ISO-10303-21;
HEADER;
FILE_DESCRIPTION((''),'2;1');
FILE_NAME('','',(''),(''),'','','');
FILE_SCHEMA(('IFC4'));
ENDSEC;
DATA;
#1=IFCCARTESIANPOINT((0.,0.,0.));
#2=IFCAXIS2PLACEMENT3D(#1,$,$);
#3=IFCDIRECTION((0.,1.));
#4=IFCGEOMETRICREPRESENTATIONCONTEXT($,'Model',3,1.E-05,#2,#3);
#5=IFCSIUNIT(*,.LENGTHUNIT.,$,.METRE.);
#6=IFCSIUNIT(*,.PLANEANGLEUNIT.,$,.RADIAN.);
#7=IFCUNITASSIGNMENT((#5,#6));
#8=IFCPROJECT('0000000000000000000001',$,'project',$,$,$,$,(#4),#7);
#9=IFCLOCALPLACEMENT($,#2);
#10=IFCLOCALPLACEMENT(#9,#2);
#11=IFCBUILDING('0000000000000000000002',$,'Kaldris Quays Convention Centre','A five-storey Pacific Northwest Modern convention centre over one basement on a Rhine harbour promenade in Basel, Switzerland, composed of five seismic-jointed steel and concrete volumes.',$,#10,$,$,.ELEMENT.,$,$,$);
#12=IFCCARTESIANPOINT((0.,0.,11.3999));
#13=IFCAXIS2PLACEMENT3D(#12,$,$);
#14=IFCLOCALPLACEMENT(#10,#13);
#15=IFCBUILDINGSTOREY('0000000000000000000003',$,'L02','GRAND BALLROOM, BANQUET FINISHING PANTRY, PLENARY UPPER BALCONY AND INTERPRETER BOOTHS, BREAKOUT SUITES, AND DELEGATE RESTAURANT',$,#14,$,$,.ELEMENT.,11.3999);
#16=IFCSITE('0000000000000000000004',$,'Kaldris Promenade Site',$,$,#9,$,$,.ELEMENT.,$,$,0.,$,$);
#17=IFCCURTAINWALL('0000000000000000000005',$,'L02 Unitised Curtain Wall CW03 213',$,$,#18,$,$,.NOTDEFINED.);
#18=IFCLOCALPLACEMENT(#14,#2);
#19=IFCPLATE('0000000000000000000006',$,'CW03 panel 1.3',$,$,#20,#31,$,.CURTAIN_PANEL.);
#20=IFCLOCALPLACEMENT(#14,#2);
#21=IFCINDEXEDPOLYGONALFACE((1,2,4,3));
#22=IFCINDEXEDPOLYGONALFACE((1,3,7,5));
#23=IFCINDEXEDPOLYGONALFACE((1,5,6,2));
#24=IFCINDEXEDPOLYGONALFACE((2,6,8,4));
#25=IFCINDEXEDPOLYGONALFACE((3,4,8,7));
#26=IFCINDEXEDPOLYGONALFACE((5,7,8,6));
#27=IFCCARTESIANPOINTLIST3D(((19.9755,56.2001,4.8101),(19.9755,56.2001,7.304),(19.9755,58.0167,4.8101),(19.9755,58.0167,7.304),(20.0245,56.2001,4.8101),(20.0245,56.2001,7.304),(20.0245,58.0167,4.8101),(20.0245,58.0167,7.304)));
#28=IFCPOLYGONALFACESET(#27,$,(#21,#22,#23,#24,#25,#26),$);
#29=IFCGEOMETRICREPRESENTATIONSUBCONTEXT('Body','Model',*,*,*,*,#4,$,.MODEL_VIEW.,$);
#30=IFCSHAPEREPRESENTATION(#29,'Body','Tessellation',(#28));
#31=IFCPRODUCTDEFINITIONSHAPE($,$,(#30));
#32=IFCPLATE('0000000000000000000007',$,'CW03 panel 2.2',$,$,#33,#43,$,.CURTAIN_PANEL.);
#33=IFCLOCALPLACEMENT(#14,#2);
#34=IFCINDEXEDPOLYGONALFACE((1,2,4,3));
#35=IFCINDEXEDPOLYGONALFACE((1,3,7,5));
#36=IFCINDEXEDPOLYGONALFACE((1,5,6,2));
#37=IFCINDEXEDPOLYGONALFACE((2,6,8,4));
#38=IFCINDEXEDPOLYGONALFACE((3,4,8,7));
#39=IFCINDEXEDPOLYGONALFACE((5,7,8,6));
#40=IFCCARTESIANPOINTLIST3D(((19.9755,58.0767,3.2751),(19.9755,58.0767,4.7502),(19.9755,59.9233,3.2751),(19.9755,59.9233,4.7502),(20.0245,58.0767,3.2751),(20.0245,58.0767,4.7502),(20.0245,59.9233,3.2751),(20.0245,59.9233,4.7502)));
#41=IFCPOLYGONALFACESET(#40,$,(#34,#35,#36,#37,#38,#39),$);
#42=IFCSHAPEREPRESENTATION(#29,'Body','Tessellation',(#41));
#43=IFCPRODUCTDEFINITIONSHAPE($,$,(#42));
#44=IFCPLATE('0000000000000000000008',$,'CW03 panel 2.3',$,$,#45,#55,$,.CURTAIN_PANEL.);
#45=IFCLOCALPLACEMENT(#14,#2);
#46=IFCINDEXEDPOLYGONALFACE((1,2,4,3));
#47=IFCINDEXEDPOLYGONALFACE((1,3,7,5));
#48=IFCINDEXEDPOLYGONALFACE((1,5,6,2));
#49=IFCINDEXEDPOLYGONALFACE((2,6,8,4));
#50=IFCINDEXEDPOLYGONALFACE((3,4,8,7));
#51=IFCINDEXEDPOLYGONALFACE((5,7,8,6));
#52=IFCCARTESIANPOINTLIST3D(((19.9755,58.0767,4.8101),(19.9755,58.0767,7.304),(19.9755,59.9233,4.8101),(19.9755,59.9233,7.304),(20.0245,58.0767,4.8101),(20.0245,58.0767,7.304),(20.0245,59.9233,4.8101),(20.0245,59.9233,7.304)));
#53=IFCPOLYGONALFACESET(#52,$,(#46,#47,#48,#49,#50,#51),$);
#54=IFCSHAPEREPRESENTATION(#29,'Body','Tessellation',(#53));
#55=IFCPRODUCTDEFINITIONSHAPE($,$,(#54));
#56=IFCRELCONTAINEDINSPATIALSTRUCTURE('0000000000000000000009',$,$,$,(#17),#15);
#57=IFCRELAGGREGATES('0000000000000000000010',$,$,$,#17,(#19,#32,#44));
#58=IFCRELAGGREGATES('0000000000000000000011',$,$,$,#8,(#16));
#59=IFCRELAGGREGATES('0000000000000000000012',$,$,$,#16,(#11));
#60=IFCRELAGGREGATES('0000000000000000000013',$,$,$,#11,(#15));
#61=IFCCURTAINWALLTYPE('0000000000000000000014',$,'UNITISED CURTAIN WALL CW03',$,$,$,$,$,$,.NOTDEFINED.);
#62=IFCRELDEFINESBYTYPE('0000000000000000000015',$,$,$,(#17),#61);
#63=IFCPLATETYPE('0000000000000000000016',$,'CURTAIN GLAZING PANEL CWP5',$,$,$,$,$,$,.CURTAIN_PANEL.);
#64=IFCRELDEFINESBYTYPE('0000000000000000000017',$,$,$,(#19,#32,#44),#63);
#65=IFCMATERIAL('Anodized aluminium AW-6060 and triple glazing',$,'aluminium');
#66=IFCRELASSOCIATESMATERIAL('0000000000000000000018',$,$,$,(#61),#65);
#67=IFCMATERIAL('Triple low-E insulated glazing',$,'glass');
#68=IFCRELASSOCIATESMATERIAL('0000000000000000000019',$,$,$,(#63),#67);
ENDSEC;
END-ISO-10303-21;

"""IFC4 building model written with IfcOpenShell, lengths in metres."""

from ifc_helpers import new_model, si_unit, direction, frame, origin, origin_2d, place, context, subcontext, project, spatial, rectangle, extrude, material, type_object, element, aggregate, save


model = new_model("IFC4")

# Units and contexts
model_context = context("Model", 3, precision=1e-05, world=origin(), true_north=direction((0.0, 1.0)))
body_context = subcontext(model_context, "Body", "Model", "MODEL_VIEW")
ifc_project = project(units=[si_unit("LENGTHUNIT", "METRE"), si_unit("PLANEANGLEUNIT", "RADIAN")], contexts=[model_context])

# Site, building, storey
site_placement = place(None, origin())
site = spatial("IfcSite", under=ifc_project, at=site_placement, Name="Kaldris Promenade Site", CompositionType="ELEMENT", RefElevation=0.0)
building_placement = place(site_placement, origin())
building = spatial("IfcBuilding", under=site, at=building_placement, Name="Kaldris Quays Convention Centre", Description="A five-storey Pacific Northwest Modern convention centre over one basement on a Rhine harbour promenade in Basel, Switzerland, composed of five seismic-jointed steel and concrete volumes.", CompositionType="ELEMENT")
storey_placement = place(building_placement, frame((0.0, 0.0, 11.3999)))
storey = spatial("IfcBuildingStorey", under=building, at=storey_placement, Name="L02", Description="GRAND BALLROOM, BANQUET FINISHING PANTRY, PLENARY UPPER BALCONY AND INTERPRETER BOOTHS, BREAKOUT SUITES, AND DELEGATE RESTAURANT", CompositionType="ELEMENT", Elevation=11.3999)

# Curtain wall
ifc_material_1 = material(Name="Anodized aluminium AW-6060 and triple glazing", Category="aluminium")
curtain_wall_type = type_object("IfcCurtainWallType", Name="UNITISED CURTAIN WALL CW03", PredefinedType="NOTDEFINED", material=ifc_material_1)
curtain_wall_1_placement = place(storey_placement, origin())
curtain_wall_1 = element("IfcCurtainWall", 1, at=curtain_wall_1_placement, inside=storey, type_object=curtain_wall_type, Name="L02 Unitised Curtain Wall CW03 213", PredefinedType="NOTDEFINED")

# Plates
ifc_material_2 = material(Name="Triple low-E insulated glazing", Category="glass")
plate_type_1 = type_object("IfcPlateType", Name="CURTAIN GLAZING PANEL CWP5", PredefinedType="CURTAIN_PANEL", material=ifc_material_2)
plate_1_placement = place(storey_placement, frame((20.0, 57.1084, 4.8101), z_axis=(0.0, 0.0, 1.0), x_axis=(0.0, 1.0, 0.0)))
plate_1 = element("IfcPlate", 2, at=plate_1_placement, type_object=plate_type_1, Name="CW03 panel 1.3", PredefinedType="CURTAIN_PANEL", context=body_context, shape_type="SweptSolid", body=[
    extrude(rectangle(XDim=1.8167, YDim=0.0491, at=origin_2d()), origin(), (0.0, 0.0, 1.0), 2.4939),
])
plate_2_placement = place(storey_placement, frame((20.0, 59.0, 3.2751), z_axis=(0.0, 0.0, 1.0), x_axis=(0.0, 1.0, 0.0)))
plate_2 = element("IfcPlate", 3, at=plate_2_placement, type_object=plate_type_1, Name="CW03 panel 2.2", PredefinedType="CURTAIN_PANEL", context=body_context, shape_type="SweptSolid", body=[
    extrude(rectangle(XDim=1.8467, YDim=0.0491, at=origin_2d()), origin(), (0.0, 0.0, 1.0), 1.4751),
])
plate_3_placement = place(storey_placement, frame((20.0, 59.0, 4.8101), z_axis=(0.0, 0.0, 1.0), x_axis=(0.0, 1.0, 0.0)))
plate_3 = element("IfcPlate", 4, at=plate_3_placement, type_object=plate_type_1, Name="CW03 panel 2.3", PredefinedType="CURTAIN_PANEL", context=body_context, shape_type="SweptSolid", body=[
    extrude(rectangle(XDim=1.8467, YDim=0.0491, at=origin_2d()), origin(), (0.0, 0.0, 1.0), 2.4939),
])
aggregate(curtain_wall_1, [plate_1, plate_2, plate_3])

save(model, "model.ifc")
